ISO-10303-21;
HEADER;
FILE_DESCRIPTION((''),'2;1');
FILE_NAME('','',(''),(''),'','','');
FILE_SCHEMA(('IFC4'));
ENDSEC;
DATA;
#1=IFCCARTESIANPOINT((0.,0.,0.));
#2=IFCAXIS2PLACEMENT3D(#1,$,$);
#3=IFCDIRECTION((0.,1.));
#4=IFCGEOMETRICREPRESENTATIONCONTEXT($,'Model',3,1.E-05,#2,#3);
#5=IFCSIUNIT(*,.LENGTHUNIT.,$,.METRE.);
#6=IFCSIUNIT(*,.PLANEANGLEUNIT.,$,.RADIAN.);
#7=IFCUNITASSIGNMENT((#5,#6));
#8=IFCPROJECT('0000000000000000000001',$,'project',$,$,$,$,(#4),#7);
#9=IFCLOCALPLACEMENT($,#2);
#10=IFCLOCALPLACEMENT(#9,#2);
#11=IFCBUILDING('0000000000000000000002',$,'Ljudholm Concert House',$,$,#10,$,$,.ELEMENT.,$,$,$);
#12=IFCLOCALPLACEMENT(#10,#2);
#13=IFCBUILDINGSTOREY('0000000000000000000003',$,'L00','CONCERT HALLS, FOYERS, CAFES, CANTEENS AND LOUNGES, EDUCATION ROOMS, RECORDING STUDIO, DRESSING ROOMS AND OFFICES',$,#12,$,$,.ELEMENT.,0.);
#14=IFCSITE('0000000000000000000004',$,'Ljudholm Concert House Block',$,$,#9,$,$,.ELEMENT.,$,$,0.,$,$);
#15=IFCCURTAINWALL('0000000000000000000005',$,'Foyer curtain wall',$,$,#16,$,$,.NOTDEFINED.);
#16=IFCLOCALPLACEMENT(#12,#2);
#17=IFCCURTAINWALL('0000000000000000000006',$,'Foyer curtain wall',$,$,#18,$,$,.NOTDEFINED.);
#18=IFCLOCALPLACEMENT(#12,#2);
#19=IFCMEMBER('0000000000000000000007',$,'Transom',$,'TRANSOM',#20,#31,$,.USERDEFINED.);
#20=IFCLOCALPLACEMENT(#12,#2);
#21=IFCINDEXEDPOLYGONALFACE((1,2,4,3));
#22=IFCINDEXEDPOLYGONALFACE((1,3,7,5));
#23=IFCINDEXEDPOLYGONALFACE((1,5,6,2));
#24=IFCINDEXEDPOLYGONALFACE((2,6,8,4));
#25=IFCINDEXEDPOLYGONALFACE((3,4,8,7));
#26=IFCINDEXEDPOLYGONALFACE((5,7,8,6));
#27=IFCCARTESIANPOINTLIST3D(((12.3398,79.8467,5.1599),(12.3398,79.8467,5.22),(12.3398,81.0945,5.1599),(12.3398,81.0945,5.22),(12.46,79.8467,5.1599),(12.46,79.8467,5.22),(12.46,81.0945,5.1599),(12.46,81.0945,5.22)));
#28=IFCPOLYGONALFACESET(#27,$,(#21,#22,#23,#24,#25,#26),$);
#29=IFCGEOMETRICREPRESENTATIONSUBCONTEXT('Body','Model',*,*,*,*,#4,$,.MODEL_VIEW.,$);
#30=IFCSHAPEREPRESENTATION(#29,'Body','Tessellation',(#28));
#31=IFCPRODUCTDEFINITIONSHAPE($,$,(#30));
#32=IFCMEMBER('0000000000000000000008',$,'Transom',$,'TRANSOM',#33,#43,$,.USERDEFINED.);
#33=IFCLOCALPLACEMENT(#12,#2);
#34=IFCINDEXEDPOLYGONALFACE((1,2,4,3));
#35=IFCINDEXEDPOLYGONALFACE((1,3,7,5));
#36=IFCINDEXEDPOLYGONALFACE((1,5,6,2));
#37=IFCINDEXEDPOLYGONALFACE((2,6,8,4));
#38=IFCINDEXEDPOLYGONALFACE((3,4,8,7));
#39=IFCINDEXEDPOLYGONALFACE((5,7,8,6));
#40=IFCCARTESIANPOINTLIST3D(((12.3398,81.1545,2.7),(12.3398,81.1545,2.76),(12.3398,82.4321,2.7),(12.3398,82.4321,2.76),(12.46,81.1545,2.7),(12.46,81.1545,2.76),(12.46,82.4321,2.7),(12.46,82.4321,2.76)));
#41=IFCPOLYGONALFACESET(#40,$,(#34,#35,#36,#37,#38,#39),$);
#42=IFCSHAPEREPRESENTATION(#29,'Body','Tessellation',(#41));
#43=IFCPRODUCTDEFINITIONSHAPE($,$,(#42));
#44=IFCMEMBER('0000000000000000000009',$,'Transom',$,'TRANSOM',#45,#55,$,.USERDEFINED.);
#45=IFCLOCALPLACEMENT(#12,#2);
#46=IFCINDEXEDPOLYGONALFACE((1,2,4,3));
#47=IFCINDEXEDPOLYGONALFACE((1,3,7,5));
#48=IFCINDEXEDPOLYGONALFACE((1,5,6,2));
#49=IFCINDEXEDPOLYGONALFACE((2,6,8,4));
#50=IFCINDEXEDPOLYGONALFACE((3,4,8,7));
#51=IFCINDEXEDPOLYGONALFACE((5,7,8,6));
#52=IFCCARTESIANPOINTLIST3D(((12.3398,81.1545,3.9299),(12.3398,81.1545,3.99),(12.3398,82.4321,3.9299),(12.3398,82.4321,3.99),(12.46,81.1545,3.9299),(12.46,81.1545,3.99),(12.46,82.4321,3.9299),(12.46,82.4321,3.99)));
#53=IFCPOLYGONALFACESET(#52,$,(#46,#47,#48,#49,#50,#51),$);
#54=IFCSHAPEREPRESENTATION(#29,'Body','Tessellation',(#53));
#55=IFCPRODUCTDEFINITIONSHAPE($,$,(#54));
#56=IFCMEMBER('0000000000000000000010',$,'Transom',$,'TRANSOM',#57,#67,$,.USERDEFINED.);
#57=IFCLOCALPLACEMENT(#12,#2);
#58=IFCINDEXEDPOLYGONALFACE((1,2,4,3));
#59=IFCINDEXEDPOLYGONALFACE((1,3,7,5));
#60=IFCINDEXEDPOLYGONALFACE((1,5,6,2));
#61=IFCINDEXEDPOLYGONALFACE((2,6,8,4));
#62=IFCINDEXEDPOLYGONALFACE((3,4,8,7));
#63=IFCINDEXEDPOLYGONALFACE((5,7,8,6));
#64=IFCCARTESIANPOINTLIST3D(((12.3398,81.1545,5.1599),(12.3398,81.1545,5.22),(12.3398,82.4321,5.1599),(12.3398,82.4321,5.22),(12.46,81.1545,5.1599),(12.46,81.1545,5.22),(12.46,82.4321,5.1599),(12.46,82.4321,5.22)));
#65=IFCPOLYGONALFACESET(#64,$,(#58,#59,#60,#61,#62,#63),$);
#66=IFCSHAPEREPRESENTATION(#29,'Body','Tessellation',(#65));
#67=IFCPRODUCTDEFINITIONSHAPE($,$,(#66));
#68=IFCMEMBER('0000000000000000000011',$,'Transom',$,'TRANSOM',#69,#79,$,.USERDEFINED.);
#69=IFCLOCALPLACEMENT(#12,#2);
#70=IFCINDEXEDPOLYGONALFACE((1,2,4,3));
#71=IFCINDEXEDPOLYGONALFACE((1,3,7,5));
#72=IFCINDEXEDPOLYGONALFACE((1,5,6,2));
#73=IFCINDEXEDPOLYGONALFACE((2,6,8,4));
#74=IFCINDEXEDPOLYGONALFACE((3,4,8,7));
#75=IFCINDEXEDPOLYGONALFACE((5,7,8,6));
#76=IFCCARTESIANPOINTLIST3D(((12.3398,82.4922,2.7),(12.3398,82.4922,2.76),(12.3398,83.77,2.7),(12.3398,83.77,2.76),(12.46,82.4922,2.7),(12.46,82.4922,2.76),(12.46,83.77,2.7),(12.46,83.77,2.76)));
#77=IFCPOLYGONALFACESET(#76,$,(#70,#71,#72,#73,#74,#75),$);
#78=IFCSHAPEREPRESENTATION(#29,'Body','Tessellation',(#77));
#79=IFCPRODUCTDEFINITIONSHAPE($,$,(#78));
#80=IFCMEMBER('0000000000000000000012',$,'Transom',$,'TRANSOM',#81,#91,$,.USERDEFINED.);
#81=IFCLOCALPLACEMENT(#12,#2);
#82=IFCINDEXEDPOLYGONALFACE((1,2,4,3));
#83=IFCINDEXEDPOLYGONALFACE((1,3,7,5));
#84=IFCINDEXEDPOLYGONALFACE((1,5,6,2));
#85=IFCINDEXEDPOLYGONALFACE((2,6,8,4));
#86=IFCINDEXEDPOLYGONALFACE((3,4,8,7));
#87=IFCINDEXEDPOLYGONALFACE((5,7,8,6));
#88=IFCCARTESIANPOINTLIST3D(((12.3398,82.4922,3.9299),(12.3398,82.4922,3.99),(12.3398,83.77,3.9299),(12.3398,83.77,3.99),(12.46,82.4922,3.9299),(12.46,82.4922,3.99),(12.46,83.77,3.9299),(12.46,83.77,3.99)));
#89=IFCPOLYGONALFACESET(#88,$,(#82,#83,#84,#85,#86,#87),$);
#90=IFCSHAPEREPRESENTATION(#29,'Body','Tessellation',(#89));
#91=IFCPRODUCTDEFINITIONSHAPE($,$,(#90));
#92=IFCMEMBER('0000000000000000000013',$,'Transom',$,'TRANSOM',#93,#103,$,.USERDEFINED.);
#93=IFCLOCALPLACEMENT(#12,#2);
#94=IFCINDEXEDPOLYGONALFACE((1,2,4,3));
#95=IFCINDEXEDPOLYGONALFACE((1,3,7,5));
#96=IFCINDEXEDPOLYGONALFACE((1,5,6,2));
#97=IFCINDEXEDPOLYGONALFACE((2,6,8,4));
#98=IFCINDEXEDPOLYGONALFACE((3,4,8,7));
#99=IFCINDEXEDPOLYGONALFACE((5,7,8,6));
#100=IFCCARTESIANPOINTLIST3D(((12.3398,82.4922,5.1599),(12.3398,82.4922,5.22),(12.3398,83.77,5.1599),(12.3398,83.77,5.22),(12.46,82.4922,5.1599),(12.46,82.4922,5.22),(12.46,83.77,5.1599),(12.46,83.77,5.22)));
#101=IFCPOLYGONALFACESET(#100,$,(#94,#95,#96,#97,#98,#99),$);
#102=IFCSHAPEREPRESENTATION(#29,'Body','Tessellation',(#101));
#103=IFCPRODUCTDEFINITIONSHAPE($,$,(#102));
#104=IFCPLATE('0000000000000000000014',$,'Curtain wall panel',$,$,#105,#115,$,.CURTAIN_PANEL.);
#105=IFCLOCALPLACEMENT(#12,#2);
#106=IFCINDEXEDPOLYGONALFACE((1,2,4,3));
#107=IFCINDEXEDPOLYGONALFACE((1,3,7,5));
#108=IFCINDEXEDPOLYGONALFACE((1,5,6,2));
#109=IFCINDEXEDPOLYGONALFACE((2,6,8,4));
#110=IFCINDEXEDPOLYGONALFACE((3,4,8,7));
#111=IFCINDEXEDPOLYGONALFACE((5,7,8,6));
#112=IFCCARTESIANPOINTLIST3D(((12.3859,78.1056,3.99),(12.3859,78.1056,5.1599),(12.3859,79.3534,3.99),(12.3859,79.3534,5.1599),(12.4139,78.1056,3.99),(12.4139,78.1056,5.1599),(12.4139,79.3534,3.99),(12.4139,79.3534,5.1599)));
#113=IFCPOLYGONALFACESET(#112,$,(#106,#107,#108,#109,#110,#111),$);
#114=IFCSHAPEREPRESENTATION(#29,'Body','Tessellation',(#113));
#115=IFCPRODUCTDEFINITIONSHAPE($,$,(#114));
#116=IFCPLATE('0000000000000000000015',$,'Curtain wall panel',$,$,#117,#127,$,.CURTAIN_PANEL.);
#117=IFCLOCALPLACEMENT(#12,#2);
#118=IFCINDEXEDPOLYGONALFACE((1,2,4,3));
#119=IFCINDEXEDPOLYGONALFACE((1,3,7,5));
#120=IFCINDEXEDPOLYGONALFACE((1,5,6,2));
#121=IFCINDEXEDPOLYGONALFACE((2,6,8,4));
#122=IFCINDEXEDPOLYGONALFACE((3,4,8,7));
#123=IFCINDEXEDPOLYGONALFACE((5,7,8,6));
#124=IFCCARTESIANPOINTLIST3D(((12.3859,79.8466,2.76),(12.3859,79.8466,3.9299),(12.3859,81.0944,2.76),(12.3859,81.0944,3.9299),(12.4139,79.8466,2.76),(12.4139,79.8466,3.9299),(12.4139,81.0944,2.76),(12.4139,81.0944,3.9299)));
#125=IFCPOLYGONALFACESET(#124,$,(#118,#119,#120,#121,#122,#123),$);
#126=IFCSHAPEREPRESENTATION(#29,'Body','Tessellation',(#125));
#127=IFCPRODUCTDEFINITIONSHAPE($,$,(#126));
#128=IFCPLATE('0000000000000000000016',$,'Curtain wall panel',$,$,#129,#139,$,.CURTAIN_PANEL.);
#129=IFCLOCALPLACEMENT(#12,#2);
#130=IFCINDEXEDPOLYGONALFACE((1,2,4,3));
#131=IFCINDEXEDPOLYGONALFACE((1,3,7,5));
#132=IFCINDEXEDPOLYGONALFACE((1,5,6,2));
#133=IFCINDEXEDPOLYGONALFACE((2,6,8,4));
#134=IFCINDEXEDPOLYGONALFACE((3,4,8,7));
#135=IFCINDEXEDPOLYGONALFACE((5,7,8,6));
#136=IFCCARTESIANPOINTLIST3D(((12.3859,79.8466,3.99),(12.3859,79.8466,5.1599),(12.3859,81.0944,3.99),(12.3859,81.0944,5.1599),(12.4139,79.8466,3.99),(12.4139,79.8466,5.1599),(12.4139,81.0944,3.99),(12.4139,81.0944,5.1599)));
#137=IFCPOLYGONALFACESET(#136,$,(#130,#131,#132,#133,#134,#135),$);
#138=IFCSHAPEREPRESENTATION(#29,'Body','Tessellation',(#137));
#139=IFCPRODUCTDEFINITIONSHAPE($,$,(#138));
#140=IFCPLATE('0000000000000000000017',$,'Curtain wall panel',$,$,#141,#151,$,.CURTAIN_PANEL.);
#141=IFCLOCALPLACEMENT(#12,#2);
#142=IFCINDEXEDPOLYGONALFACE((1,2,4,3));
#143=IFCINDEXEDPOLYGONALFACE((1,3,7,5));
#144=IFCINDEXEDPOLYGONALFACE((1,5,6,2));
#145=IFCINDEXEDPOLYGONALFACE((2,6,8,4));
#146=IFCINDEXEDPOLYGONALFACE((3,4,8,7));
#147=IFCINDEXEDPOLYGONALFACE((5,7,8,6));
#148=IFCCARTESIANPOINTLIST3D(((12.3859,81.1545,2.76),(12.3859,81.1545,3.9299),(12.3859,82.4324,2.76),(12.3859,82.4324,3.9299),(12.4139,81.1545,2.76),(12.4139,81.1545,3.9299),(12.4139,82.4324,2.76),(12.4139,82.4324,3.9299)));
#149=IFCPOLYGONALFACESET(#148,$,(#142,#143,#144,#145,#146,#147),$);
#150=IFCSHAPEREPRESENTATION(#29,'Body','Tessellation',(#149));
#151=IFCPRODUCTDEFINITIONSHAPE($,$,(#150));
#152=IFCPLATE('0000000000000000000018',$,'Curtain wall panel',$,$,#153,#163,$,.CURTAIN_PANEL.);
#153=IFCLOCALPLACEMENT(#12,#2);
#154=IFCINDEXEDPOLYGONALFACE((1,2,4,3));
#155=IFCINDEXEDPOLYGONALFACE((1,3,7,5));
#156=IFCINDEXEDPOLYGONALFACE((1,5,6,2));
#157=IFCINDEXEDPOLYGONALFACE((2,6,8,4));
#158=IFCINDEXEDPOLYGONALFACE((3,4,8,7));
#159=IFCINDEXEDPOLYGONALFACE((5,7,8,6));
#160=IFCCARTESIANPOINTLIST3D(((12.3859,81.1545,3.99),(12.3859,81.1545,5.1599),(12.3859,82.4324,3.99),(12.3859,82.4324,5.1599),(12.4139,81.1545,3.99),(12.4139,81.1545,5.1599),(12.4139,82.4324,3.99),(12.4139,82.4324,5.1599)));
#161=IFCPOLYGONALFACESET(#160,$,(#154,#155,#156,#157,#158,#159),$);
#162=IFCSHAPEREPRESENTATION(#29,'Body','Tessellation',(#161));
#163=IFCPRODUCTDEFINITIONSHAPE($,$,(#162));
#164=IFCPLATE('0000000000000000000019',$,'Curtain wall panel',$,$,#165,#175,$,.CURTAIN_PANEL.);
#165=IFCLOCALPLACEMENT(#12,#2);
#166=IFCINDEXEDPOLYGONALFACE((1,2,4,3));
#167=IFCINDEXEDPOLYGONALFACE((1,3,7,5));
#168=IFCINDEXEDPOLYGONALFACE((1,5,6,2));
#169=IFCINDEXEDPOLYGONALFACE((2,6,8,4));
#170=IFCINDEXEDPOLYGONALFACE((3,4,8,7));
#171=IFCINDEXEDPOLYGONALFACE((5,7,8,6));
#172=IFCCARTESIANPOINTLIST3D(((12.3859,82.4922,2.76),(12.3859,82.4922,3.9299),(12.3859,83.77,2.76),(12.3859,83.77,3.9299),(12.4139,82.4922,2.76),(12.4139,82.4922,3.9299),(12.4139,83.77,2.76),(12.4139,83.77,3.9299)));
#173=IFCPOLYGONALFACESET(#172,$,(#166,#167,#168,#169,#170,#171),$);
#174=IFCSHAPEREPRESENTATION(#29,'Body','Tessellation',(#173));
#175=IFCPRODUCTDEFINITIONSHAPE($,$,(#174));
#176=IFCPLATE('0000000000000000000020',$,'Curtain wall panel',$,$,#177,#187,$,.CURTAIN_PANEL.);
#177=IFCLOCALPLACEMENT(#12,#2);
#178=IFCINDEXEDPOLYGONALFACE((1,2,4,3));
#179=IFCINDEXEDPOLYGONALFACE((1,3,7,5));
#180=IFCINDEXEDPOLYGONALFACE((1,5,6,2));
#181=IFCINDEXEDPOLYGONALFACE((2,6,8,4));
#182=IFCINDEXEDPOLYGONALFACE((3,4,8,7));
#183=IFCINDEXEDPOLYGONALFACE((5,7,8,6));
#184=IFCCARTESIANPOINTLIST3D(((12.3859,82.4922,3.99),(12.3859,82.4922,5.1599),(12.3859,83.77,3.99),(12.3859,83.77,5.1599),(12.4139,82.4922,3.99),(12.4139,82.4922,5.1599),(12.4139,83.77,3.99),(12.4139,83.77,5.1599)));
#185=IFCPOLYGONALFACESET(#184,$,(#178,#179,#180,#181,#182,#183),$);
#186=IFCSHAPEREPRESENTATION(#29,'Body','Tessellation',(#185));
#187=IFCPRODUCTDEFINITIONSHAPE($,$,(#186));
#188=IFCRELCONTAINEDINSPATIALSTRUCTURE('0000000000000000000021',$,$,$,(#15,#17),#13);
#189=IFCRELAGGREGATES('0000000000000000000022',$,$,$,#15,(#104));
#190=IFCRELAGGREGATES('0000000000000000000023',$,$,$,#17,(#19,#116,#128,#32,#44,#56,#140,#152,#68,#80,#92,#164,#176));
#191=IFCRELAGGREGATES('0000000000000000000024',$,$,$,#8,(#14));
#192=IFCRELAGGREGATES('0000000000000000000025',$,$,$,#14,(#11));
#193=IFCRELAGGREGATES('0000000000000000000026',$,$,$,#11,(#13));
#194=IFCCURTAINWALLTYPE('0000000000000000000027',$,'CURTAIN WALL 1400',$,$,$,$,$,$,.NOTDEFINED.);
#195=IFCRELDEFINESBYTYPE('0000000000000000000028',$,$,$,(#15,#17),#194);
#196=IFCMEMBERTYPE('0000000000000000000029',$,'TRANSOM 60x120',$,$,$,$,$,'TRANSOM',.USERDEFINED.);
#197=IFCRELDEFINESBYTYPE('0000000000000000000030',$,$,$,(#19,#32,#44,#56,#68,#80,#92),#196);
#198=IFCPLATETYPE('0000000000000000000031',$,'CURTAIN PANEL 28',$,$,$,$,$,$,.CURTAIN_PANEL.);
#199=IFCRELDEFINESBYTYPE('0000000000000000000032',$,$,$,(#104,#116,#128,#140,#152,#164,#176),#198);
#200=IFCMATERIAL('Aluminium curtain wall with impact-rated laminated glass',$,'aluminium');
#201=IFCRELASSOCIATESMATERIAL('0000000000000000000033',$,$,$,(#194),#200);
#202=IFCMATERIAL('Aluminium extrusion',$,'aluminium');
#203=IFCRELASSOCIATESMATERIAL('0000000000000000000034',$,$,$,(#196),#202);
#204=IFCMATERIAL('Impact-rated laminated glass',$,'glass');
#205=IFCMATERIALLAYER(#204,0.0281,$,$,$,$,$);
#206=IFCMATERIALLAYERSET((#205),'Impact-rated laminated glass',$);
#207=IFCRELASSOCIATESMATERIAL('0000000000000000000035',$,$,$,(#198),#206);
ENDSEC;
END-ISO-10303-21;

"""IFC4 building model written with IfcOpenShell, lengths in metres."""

from ifc_helpers import new_model, si_unit, direction, frame, origin, origin_2d, place, context, subcontext, project, spatial, rectangle, extrude, material, layer, layer_set, material_profile, profile_set, type_object, element, aggregate, save


model = new_model("IFC4")

# Units and contexts
model_context = context("Model", 3, precision=1e-05, world=origin(), true_north=direction((0.0, 1.0)))
body_context = subcontext(model_context, "Body", "Model", "MODEL_VIEW")
ifc_project = project(units=[si_unit("LENGTHUNIT", "METRE"), si_unit("PLANEANGLEUNIT", "RADIAN")], contexts=[model_context])

# Site, building, storey
site_placement = place(None, origin())
site = spatial("IfcSite", under=ifc_project, at=site_placement, Name="Ljudholm Concert House Block", CompositionType="ELEMENT", RefElevation=0.0)
building_placement = place(site_placement, origin())
building = spatial("IfcBuilding", under=site, at=building_placement, Name="Ljudholm Concert House", CompositionType="ELEMENT")
storey_placement = place(building_placement, origin())
storey = spatial("IfcBuildingStorey", under=building, at=storey_placement, Name="L00", Description="CONCERT HALLS, FOYERS, CAFES, CANTEENS AND LOUNGES, EDUCATION ROOMS, RECORDING STUDIO, DRESSING ROOMS AND OFFICES", CompositionType="ELEMENT", Elevation=0.0)

# Curtain wall
ifc_material_1 = material(Name="Aluminium curtain wall with impact-rated laminated glass", Category="aluminium")
curtain_wall_type = type_object("IfcCurtainWallType", Name="CURTAIN WALL 1400", PredefinedType="NOTDEFINED", material=ifc_material_1)
curtain_wall_1_placement = place(storey_placement, origin())
curtain_wall_1 = element("IfcCurtainWall", 1, at=curtain_wall_1_placement, inside=storey, type_object=curtain_wall_type, Name="Foyer curtain wall", PredefinedType="NOTDEFINED")

# Curtain wall, members
curtain_wall_2_placement = place(storey_placement, origin())
curtain_wall_2 = element("IfcCurtainWall", 2, at=curtain_wall_2_placement, inside=storey, type_object=curtain_wall_type, Name="Foyer curtain wall", PredefinedType="NOTDEFINED")
ifc_material_2 = material(Name="Aluminium extrusion", Category="aluminium")
ifc_material_profile_1 = material_profile(ifc_material_2, rectangle(XDim=0.1201, YDim=0.0601, at=origin_2d()), Name="TRANSOM 60x120")
ifc_profile_set_1 = profile_set([ifc_material_profile_1], Name="Aluminium extrusion")
member_type_1 = type_object("IfcMemberType", Name="TRANSOM 60x120", ElementType="TRANSOM", PredefinedType="USERDEFINED", material=ifc_profile_set_1)
member_1_placement = place(storey_placement, frame((12.3999, 79.8467, 5.1899), z_axis=(0.0, 1.0, 0.0), x_axis=(-1.0, 0.0, 0.0)))
member_1 = element("IfcMember", 3, at=member_1_placement, type_object=member_type_1, Name="Transom", ObjectType="TRANSOM", PredefinedType="USERDEFINED", context=body_context, shape_type="SweptSolid", body=[
    extrude(rectangle(XDim=0.1201, YDim=0.0601, at=origin_2d()), origin(), (0.0, 0.0, 1.0), 1.2478),
])
member_2_placement = place(storey_placement, frame((12.3999, 81.1545, 2.73), z_axis=(0.0, 1.0, 0.0), x_axis=(-1.0, 0.0, 0.0)))
member_2 = element("IfcMember", 4, at=member_2_placement, type_object=member_type_1, Name="Transom", ObjectType="TRANSOM", PredefinedType="USERDEFINED", context=body_context, shape_type="SweptSolid", body=[
    extrude(rectangle(XDim=0.1201, YDim=0.0601, at=origin_2d()), origin(), (0.0, 0.0, 1.0), 1.2776),
])
member_3_placement = place(storey_placement, frame((12.3999, 81.1545, 3.96), z_axis=(0.0, 1.0, 0.0), x_axis=(-1.0, 0.0, 0.0)))
member_3 = element("IfcMember", 5, at=member_3_placement, type_object=member_type_1, Name="Transom", ObjectType="TRANSOM", PredefinedType="USERDEFINED", context=body_context, shape_type="SweptSolid", body=[
    extrude(rectangle(XDim=0.1201, YDim=0.0601, at=origin_2d()), origin(), (0.0, 0.0, 1.0), 1.2776),
])
member_4_placement = place(storey_placement, frame((12.3999, 81.1545, 5.1899), z_axis=(0.0, 1.0, 0.0), x_axis=(-1.0, 0.0, 0.0)))
member_4 = element("IfcMember", 6, at=member_4_placement, type_object=member_type_1, Name="Transom", ObjectType="TRANSOM", PredefinedType="USERDEFINED", context=body_context, shape_type="SweptSolid", body=[
    extrude(rectangle(XDim=0.1201, YDim=0.0601, at=origin_2d()), origin(), (0.0, 0.0, 1.0), 1.2776),
])
member_5_placement = place(storey_placement, frame((12.3999, 82.4922, 2.73), z_axis=(0.0, 1.0, 0.0), x_axis=(-1.0, 0.0, 0.0)))
member_5 = element("IfcMember", 7, at=member_5_placement, type_object=member_type_1, Name="Transom", ObjectType="TRANSOM", PredefinedType="USERDEFINED", context=body_context, shape_type="SweptSolid", body=[
    extrude(rectangle(XDim=0.1201, YDim=0.0601, at=origin_2d()), origin(), (0.0, 0.0, 1.0), 1.2778),
])
member_6_placement = place(storey_placement, frame((12.3999, 82.4922, 3.96), z_axis=(0.0, 1.0, 0.0), x_axis=(-1.0, 0.0, 0.0)))
member_6 = element("IfcMember", 8, at=member_6_placement, type_object=member_type_1, Name="Transom", ObjectType="TRANSOM", PredefinedType="USERDEFINED", context=body_context, shape_type="SweptSolid", body=[
    extrude(rectangle(XDim=0.1201, YDim=0.0601, at=origin_2d()), origin(), (0.0, 0.0, 1.0), 1.2778),
])
member_7_placement = place(storey_placement, frame((12.3999, 82.4922, 5.1899), z_axis=(0.0, 1.0, 0.0), x_axis=(-1.0, 0.0, 0.0)))
member_7 = element("IfcMember", 9, at=member_7_placement, type_object=member_type_1, Name="Transom", ObjectType="TRANSOM", PredefinedType="USERDEFINED", context=body_context, shape_type="SweptSolid", body=[
    extrude(rectangle(XDim=0.1201, YDim=0.0601, at=origin_2d()), origin(), (0.0, 0.0, 1.0), 1.2778),
])

# Plates
ifc_material_3 = material(Name="Impact-rated laminated glass", Category="glass")
ifc_layer_1 = layer(ifc_material_3, 0.0281)
ifc_layer_set_1 = layer_set([ifc_layer_1], Name="Impact-rated laminated glass")
plate_type = type_object("IfcPlateType", Name="CURTAIN PANEL 28", PredefinedType="CURTAIN_PANEL", material=ifc_layer_set_1)
plate_1_placement = place(storey_placement, frame((12.3999, 78.7295, 3.99), z_axis=(0.0, 0.0, 1.0), x_axis=(0.0, 1.0, 0.0)))
plate_1 = element("IfcPlate", 10, at=plate_1_placement, type_object=plate_type, Name="Curtain wall panel", PredefinedType="CURTAIN_PANEL", context=body_context, shape_type="SweptSolid", body=[
    extrude(rectangle(XDim=1.2478, YDim=0.0281, at=origin_2d()), origin(), (0.0, 0.0, 1.0), 1.1699),
])
aggregate(curtain_wall_1, [plate_1])
plate_2_placement = place(storey_placement, frame((12.3999, 80.4705, 2.76), z_axis=(0.0, 0.0, 1.0), x_axis=(0.0, 1.0, 0.0)))
plate_2 = element("IfcPlate", 11, at=plate_2_placement, type_object=plate_type, Name="Curtain wall panel", PredefinedType="CURTAIN_PANEL", context=body_context, shape_type="SweptSolid", body=[
    extrude(rectangle(XDim=1.2478, YDim=0.0281, at=origin_2d()), origin(), (0.0, 0.0, 1.0), 1.1699),
])
plate_3_placement = place(storey_placement, frame((12.3999, 80.4705, 3.99), z_axis=(0.0, 0.0, 1.0), x_axis=(0.0, 1.0, 0.0)))
plate_3 = element("IfcPlate", 12, at=plate_3_placement, type_object=plate_type, Name="Curtain wall panel", PredefinedType="CURTAIN_PANEL", context=body_context, shape_type="SweptSolid", body=[
    extrude(rectangle(XDim=1.2478, YDim=0.0281, at=origin_2d()), origin(), (0.0, 0.0, 1.0), 1.1699),
])
plate_4_placement = place(storey_placement, frame((12.3999, 81.7935, 2.76), z_axis=(0.0, 0.0, 1.0), x_axis=(0.0, 1.0, 0.0)))
plate_4 = element("IfcPlate", 13, at=plate_4_placement, type_object=plate_type, Name="Curtain wall panel", PredefinedType="CURTAIN_PANEL", context=body_context, shape_type="SweptSolid", body=[
    extrude(rectangle(XDim=1.2778, YDim=0.0281, at=origin_2d()), origin(), (0.0, 0.0, 1.0), 1.1699),
])
plate_5_placement = place(storey_placement, frame((12.3999, 81.7935, 3.99), z_axis=(0.0, 0.0, 1.0), x_axis=(0.0, 1.0, 0.0)))
plate_5 = element("IfcPlate", 14, at=plate_5_placement, type_object=plate_type, Name="Curtain wall panel", PredefinedType="CURTAIN_PANEL", context=body_context, shape_type="SweptSolid", body=[
    extrude(rectangle(XDim=1.2778, YDim=0.0281, at=origin_2d()), origin(), (0.0, 0.0, 1.0), 1.1699),
])
plate_6_placement = place(storey_placement, frame((12.3999, 83.1311, 2.76), z_axis=(0.0, 0.0, 1.0), x_axis=(0.0, 1.0, 0.0)))
plate_6 = element("IfcPlate", 15, at=plate_6_placement, type_object=plate_type, Name="Curtain wall panel", PredefinedType="CURTAIN_PANEL", context=body_context, shape_type="SweptSolid", body=[
    extrude(rectangle(XDim=1.2778, YDim=0.0281, at=origin_2d()), origin(), (0.0, 0.0, 1.0), 1.1699),
])
plate_7_placement = place(storey_placement, frame((12.3999, 83.1311, 3.99), z_axis=(0.0, 0.0, 1.0), x_axis=(0.0, 1.0, 0.0)))
plate_7 = element("IfcPlate", 16, at=plate_7_placement, type_object=plate_type, Name="Curtain wall panel", PredefinedType="CURTAIN_PANEL", context=body_context, shape_type="SweptSolid", body=[
    extrude(rectangle(XDim=1.2778, YDim=0.0281, at=origin_2d()), origin(), (0.0, 0.0, 1.0), 1.1699),
])
aggregate(curtain_wall_2, [member_1, plate_2, plate_3, member_2, member_3, member_4, plate_4, plate_5, member_5, member_6, member_7, plate_6, plate_7])

save(model, "model.ifc")
